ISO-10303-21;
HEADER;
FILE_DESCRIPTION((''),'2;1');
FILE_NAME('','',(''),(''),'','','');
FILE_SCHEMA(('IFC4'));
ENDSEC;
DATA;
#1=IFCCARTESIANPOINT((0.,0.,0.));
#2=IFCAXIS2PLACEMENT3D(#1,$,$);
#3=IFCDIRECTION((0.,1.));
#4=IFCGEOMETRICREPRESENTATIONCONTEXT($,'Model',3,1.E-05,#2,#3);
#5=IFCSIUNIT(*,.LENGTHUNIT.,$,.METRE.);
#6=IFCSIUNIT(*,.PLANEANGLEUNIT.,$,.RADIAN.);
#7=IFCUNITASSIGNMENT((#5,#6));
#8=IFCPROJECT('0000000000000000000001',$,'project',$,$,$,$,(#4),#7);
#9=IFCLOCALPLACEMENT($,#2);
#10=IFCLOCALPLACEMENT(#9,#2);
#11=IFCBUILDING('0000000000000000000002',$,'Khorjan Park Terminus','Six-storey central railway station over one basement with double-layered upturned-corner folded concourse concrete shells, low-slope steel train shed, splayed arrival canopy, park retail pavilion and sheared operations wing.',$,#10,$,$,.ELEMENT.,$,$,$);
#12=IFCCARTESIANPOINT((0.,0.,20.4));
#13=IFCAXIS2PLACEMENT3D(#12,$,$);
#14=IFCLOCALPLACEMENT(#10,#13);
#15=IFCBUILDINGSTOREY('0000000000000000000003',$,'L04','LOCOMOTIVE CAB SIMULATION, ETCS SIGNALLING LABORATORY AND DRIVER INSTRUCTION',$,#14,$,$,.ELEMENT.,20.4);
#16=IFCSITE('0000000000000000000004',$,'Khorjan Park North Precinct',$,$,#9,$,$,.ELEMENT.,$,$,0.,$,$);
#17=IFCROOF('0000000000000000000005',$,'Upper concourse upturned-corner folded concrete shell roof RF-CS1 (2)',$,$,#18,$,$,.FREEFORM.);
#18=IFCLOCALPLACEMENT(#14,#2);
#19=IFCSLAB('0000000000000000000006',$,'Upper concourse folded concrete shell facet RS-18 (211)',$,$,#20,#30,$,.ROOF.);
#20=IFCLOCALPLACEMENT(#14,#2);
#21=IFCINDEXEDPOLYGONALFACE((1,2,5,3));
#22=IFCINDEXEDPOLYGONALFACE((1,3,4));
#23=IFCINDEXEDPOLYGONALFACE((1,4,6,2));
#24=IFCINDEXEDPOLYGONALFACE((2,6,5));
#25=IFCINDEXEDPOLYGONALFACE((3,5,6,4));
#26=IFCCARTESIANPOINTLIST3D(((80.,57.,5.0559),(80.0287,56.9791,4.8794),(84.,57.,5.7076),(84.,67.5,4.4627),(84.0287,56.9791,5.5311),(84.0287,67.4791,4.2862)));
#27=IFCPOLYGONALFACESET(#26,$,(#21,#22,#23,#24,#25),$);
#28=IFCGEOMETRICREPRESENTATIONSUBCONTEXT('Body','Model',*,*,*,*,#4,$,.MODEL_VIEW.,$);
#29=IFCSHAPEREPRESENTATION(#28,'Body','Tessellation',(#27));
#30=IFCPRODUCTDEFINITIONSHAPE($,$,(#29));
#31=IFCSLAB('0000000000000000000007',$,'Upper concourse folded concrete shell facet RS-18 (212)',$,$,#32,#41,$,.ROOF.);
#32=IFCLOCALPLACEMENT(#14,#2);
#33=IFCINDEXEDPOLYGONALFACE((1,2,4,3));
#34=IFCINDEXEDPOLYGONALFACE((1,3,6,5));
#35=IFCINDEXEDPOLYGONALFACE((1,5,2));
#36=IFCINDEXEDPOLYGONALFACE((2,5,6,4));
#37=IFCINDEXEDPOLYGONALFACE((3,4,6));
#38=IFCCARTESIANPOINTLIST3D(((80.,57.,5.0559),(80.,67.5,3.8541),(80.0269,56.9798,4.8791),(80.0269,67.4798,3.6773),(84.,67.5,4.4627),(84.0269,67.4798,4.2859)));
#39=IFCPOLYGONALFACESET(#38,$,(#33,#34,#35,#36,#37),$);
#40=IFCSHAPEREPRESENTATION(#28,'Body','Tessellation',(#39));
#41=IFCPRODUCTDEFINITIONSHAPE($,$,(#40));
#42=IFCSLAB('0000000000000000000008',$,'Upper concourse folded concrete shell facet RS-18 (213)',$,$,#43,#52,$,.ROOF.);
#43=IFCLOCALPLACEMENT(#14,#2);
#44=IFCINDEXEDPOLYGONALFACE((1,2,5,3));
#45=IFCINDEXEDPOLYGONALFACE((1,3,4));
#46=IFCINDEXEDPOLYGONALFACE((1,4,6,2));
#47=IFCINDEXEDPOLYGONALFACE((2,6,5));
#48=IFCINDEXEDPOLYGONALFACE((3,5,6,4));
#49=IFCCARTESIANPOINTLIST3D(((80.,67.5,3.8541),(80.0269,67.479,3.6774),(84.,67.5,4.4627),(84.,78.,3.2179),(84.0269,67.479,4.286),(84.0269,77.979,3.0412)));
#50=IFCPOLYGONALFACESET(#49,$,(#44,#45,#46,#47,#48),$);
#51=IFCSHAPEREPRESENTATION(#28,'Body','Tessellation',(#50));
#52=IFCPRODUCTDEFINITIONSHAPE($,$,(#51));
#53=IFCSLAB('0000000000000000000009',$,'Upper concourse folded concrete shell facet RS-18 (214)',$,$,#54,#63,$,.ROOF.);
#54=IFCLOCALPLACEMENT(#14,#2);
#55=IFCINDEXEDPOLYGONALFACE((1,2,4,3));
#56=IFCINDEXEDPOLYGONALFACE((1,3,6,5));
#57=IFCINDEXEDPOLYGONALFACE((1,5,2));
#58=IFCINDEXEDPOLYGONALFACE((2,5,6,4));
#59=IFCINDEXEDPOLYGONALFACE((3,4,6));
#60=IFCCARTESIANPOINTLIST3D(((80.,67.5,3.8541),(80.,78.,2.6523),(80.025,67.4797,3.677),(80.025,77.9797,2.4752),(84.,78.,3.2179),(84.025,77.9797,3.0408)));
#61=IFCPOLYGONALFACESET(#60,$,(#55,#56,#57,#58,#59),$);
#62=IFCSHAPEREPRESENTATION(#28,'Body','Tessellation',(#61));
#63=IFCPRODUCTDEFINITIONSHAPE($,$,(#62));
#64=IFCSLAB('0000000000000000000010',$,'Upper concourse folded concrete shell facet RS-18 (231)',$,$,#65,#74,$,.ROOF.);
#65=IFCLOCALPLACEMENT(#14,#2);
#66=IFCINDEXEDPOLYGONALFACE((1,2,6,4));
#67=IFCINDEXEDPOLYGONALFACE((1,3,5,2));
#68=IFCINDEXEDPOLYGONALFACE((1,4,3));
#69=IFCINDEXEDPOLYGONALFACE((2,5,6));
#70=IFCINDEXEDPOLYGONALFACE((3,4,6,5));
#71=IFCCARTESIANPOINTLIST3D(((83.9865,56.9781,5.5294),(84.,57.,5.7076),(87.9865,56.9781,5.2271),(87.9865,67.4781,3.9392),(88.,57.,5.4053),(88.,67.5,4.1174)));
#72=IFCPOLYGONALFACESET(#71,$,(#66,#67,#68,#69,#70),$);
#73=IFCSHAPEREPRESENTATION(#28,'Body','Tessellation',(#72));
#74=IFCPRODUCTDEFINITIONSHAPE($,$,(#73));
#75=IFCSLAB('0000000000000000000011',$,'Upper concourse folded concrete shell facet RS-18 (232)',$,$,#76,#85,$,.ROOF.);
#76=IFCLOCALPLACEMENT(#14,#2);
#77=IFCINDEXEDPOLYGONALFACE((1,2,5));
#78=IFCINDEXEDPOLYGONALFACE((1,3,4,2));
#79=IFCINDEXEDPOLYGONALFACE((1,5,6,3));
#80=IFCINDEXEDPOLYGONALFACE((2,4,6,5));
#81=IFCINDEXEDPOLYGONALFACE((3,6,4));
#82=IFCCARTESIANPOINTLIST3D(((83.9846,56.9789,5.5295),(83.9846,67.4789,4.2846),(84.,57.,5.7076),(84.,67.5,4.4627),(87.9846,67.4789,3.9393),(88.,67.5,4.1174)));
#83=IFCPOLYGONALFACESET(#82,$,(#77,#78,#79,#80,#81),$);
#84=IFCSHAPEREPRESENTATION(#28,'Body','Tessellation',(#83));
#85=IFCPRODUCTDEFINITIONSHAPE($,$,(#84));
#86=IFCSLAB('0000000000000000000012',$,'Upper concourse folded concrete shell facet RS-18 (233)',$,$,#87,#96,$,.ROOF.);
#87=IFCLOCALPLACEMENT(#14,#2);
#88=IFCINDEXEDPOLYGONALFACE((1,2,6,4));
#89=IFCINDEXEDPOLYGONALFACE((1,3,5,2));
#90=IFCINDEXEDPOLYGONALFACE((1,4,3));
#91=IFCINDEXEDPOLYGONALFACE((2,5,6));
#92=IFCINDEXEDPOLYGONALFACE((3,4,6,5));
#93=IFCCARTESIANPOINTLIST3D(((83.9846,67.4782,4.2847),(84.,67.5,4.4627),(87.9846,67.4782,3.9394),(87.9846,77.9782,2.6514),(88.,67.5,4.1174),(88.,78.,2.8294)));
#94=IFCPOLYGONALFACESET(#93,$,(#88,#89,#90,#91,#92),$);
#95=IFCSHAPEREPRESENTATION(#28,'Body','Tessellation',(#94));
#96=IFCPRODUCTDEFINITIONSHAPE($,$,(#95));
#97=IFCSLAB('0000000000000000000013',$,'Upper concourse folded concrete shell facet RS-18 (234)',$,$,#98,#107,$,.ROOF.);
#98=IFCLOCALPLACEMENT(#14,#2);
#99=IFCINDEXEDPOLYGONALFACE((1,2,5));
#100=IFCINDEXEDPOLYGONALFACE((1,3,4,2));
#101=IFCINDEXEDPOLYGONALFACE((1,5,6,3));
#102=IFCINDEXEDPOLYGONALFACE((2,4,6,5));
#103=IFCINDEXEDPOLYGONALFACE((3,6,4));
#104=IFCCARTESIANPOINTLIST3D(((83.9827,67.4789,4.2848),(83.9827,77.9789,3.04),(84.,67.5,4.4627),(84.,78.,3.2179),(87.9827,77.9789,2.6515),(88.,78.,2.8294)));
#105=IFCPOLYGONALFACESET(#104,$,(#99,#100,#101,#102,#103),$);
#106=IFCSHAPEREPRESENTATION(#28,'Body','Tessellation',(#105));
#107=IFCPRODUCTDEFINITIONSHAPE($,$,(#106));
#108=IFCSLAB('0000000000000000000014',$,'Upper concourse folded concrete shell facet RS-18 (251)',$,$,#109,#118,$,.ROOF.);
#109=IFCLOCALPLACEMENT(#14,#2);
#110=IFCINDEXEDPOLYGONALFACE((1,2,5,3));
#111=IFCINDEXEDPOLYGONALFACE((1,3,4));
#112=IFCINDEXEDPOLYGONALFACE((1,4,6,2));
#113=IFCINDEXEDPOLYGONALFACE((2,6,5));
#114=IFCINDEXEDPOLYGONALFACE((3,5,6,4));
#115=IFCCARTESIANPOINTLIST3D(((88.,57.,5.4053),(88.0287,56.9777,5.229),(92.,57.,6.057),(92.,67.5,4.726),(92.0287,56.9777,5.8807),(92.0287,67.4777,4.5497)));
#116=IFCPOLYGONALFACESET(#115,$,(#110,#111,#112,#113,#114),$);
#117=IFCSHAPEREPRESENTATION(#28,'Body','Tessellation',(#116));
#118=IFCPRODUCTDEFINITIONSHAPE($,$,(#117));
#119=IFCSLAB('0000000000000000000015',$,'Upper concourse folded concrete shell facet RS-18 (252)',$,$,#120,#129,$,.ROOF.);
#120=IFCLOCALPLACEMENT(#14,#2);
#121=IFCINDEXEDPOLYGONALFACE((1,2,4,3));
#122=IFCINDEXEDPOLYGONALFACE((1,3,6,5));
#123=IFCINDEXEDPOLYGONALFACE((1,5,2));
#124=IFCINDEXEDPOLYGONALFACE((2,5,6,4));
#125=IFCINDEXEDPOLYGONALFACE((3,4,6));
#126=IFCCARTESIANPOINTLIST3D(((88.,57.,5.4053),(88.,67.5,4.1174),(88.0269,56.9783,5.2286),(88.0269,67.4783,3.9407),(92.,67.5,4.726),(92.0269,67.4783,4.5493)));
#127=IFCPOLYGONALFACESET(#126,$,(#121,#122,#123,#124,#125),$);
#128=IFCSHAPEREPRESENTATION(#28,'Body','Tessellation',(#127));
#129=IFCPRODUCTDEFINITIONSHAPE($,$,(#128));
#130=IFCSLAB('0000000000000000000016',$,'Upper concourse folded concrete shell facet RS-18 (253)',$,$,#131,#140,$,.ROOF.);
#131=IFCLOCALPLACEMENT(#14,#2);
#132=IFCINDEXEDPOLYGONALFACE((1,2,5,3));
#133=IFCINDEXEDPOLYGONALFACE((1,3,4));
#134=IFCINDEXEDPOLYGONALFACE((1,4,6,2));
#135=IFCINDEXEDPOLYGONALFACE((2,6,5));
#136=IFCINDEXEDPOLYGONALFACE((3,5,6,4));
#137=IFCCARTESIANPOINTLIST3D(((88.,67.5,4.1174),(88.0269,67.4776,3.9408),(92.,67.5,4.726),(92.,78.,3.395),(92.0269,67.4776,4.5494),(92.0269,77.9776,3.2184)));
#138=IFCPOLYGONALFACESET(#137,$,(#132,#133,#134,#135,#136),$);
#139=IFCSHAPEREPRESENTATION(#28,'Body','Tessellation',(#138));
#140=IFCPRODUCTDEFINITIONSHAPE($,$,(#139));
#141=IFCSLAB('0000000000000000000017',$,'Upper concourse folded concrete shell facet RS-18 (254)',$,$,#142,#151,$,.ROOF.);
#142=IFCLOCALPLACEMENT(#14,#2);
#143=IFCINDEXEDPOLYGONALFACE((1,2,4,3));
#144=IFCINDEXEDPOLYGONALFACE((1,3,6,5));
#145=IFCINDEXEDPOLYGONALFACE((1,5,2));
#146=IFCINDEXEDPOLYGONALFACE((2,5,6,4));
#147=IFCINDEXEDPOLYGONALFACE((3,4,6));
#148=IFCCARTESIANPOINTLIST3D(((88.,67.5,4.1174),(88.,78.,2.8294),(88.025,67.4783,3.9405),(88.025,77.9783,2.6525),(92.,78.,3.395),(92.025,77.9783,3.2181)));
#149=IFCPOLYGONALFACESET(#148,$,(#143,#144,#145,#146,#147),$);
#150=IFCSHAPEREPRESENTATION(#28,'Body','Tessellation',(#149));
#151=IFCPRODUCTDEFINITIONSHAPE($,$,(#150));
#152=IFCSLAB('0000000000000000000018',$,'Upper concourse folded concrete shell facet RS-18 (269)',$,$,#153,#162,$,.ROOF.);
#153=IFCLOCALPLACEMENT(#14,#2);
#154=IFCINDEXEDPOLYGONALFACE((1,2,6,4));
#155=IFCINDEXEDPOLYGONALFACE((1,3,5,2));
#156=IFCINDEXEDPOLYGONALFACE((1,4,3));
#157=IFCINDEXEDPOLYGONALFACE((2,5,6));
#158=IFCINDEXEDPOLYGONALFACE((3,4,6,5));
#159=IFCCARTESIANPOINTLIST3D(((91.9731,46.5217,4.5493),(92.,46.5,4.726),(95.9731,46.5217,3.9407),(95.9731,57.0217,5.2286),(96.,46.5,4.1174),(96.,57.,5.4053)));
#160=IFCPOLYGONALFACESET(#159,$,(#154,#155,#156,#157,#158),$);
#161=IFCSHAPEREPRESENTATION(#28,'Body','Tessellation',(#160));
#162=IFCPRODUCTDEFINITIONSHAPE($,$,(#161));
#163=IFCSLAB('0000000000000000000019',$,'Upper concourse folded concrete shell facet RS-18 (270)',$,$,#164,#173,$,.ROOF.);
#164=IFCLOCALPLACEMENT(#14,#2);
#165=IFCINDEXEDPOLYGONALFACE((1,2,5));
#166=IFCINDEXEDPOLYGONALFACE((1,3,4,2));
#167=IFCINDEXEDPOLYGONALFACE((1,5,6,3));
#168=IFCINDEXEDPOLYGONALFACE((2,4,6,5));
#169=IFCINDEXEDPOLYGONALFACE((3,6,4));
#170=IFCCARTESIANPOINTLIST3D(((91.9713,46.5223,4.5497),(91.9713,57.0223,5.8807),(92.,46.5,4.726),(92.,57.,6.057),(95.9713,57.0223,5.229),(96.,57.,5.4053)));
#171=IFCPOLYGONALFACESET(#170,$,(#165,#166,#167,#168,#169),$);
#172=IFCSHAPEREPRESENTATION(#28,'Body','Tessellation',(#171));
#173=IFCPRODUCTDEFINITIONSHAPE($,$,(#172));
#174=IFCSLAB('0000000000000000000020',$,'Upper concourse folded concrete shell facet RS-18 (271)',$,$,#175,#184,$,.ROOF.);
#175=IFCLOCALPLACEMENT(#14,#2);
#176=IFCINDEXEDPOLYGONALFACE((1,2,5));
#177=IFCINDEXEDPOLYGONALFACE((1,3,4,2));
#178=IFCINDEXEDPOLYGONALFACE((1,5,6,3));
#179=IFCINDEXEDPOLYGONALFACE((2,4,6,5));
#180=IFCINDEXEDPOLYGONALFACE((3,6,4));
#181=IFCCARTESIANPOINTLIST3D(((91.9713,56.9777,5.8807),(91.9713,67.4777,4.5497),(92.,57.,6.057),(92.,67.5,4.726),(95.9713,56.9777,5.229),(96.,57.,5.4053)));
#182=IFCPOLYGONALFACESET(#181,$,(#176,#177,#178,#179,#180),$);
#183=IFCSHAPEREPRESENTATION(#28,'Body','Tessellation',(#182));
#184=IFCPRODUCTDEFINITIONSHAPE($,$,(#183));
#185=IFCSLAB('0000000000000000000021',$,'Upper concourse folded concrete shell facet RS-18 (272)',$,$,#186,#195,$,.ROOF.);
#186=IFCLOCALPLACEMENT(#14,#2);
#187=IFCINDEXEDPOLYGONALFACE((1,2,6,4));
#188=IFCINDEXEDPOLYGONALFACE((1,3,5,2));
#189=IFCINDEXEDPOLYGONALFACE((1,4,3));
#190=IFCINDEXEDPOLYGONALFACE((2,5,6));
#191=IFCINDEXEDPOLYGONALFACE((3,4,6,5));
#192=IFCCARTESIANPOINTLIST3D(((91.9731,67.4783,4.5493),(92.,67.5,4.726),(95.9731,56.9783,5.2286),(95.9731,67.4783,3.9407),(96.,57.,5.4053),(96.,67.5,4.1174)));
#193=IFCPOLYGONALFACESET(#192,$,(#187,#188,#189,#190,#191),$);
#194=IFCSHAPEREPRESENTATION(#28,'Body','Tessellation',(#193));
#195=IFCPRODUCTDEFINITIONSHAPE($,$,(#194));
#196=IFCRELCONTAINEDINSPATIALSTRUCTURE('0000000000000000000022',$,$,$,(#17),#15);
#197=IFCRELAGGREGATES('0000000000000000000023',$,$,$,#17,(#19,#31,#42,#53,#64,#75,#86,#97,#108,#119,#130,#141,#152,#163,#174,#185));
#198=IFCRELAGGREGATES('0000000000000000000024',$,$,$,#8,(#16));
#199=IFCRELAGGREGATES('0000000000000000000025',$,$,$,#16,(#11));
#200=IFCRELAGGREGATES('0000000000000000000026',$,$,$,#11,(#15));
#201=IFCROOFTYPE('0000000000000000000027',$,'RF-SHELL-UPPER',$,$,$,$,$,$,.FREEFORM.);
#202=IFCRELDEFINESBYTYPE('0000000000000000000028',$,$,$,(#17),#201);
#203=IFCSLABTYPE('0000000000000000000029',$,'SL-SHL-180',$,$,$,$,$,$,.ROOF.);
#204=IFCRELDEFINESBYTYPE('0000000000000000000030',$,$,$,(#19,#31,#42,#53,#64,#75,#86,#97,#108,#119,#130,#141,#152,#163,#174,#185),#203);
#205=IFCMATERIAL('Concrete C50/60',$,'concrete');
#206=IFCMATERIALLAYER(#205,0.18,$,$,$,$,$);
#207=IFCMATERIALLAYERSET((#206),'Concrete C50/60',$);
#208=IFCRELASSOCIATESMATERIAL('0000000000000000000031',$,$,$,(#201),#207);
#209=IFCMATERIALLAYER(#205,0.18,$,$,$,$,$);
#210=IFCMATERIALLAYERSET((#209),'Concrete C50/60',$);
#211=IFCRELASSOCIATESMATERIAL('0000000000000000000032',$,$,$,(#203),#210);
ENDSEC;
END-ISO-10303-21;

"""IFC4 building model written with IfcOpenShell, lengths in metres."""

from ifc_helpers import new_model, si_unit, direction, frame, origin, place, context, subcontext, project, spatial, polyline, outline, extrude, material, layer, layer_set, type_object, element, aggregate, save


model = new_model("IFC4")

# Units and contexts
model_context = context("Model", 3, precision=1e-05, world=origin(), true_north=direction((0.0, 1.0)))
body_context = subcontext(model_context, "Body", "Model", "MODEL_VIEW")
ifc_project = project(units=[si_unit("LENGTHUNIT", "METRE"), si_unit("PLANEANGLEUNIT", "RADIAN")], contexts=[model_context])

# Site, building, storey
site_placement = place(None, origin())
site = spatial("IfcSite", under=ifc_project, at=site_placement, Name="Khorjan Park North Precinct", CompositionType="ELEMENT", RefElevation=0.0)
building_placement = place(site_placement, origin())
building = spatial("IfcBuilding", under=site, at=building_placement, Name="Khorjan Park Terminus", Description="Six-storey central railway station over one basement with double-layered upturned-corner folded concourse concrete shells, low-slope steel train shed, splayed arrival canopy, park retail pavilion and sheared operations wing.", CompositionType="ELEMENT")
storey_placement = place(building_placement, frame((0.0, 0.0, 20.4)))
storey = spatial("IfcBuildingStorey", under=building, at=storey_placement, Name="L04", Description="LOCOMOTIVE CAB SIMULATION, ETCS SIGNALLING LABORATORY AND DRIVER INSTRUCTION", CompositionType="ELEMENT", Elevation=20.4)

# Roof, slabs
ifc_material = material(Name="Concrete C50/60", Category="concrete")
ifc_layer_1 = layer(ifc_material, 0.18)
ifc_layer_set_1 = layer_set([ifc_layer_1], Name="Concrete C50/60")
roof_type = type_object("IfcRoofType", Name="RF-SHELL-UPPER", PredefinedType="FREEFORM", material=ifc_layer_set_1)
roof_1_placement = place(storey_placement, origin())
roof_1 = element("IfcRoof", 1, at=roof_1_placement, inside=storey, type_object=roof_type, Name="Upper concourse upturned-corner folded concrete shell roof RF-CS1 (2)", PredefinedType="FREEFORM")
ifc_layer_2 = layer(ifc_material, 0.18)
ifc_layer_set_2 = layer_set([ifc_layer_2], Name="Concrete C50/60")
slab_type = type_object("IfcSlabType", Name="SL-SHL-180", PredefinedType="ROOF", material=ifc_layer_set_2)
slab_1_placement = place(storey_placement, frame((80.0, 57.0, 5.0559), z_axis=(-0.159715, 0.116226, 0.980297), x_axis=(0.986986, 0.0, 0.160805)))
slab_1 = element("IfcSlab", 2, at=slab_1_placement, type_object=slab_type, Name="Upper concourse folded concrete shell facet RS-18 (211)", PredefinedType="ROOF", context=body_context, shape_type="SweptSolid", body=[
    extrude(outline(polyline([(0.0, 0.0), (4.0527, 0.0), (3.8526, 10.5716), (0.0, 0.0)])), origin(), (0.0, 0.0, -1.0), 0.18),
])
slab_2_placement = place(storey_placement, frame((80.0, 57.0, 5.0559), z_axis=(-0.149465, 0.112437, 0.982353), x_axis=(0.3555, 0.933188, -0.052721)))
slab_2 = element("IfcSlab", 3, at=slab_2_placement, type_object=slab_type, Name="Upper concourse folded concrete shell facet RS-18 (212)", PredefinedType="ROOF", context=body_context, shape_type="SweptSolid", body=[
    extrude(outline(polyline([(0.0, 0.0), (11.2518, 0.0), (9.8618, 3.7998), (0.0, 0.0)])), origin(), (0.0, 0.0, -1.0), 0.18),
])
slab_3_placement = place(storey_placement, frame((80.0, 67.5, 3.8541), z_axis=(-0.149396, 0.116407, 0.981901), x_axis=(0.988622, 0.0, 0.150419)))
slab_3 = element("IfcSlab", 4, at=slab_3_placement, type_object=slab_type, Name="Upper concourse folded concrete shell facet RS-18 (213)", PredefinedType="ROOF", context=body_context, shape_type="SweptSolid", body=[
    extrude(outline(polyline([(0.0, 0.0), (4.046, 0.0), (3.8588, 10.5719), (0.0, 0.0)])), origin(), (0.0, 0.0, -1.0), 0.18),
])
slab_4_placement = place(storey_placement, frame((80.0, 67.5, 3.8541), z_axis=(-0.139117, 0.112609, 0.983853), x_axis=(0.355426, 0.932993, -0.056531)))
slab_4 = element("IfcSlab", 5, at=slab_4_placement, type_object=slab_type, Name="Upper concourse folded concrete shell facet RS-18 (214)", PredefinedType="ROOF", context=body_context, shape_type="SweptSolid", body=[
    extrude(outline(polyline([(0.0, 0.0), (11.2541, 0.0), (9.8644, 3.7932), (0.0, 0.0)])), origin(), (0.0, 0.0, -1.0), 0.18),
])
slab_5_placement = place(storey_placement, frame((84.0, 57.0, 5.7076), z_axis=(0.074803, 0.121404, 0.989781), x_axis=(0.997156, 0.0, -0.07536)))
slab_5 = element("IfcSlab", 6, at=slab_5_placement, type_object=slab_type, Name="Upper concourse folded concrete shell facet RS-18 (231)", PredefinedType="ROOF", context=body_context, shape_type="SweptSolid", body=[
    extrude(outline(polyline([(0.0, 0.0), (4.0114, 0.0), (4.1085, 10.5782), (0.0, 0.0)])), origin(), (0.0, 0.0, -1.0), 0.18),
])
slab_6_placement = place(storey_placement, frame((84.0, 57.0, 5.7076), z_axis=(0.085411, 0.117307, 0.989416), x_axis=(0.352483, 0.925267, -0.14013)))
slab_6 = element("IfcSlab", 7, at=slab_6_placement, type_object=slab_type, Name="Upper concourse folded concrete shell facet RS-18 (232)", PredefinedType="ROOF", context=body_context, shape_type="SweptSolid", body=[
    extrude(outline(polyline([(0.0, 0.0), (11.3481, 0.0), (9.8898, 3.7407), (0.0, 0.0)])), origin(), (0.0, 0.0, -1.0), 0.18),
])
slab_7_placement = place(storey_placement, frame((84.0, 67.5, 4.4627), z_axis=(0.08537, 0.12131, 0.988937), x_axis=(0.996295, 0.0, -0.086005)))
slab_7 = element("IfcSlab", 8, at=slab_7_placement, type_object=slab_type, Name="Upper concourse folded concrete shell facet RS-18 (233)", PredefinedType="ROOF", context=body_context, shape_type="SweptSolid", body=[
    extrude(outline(polyline([(0.0, 0.0), (4.0149, 0.0), (4.1257, 10.5781), (0.0, 0.0)])), origin(), (0.0, 0.0, -1.0), 0.18),
])
slab_8_placement = place(storey_placement, frame((84.0, 67.5, 4.4627), z_axis=(0.096004, 0.117184, 0.988459), x_axis=(0.352293, 0.924769, -0.14385)))
slab_8 = element("IfcSlab", 9, at=slab_8_placement, type_object=slab_type, Name="Upper concourse folded concrete shell facet RS-18 (234)", PredefinedType="ROOF", context=body_context, shape_type="SweptSolid", body=[
    extrude(outline(polyline([(0.0, 0.0), (11.3542, 0.0), (9.8891, 3.7423), (0.0, 0.0)])), origin(), (0.0, 0.0, -1.0), 0.18),
])
slab_9_placement = place(storey_placement, frame((88.0, 57.0, 5.4053), z_axis=(-0.159561, 0.124144, 0.979351), x_axis=(0.986986, 0.0, 0.160805)))
slab_9 = element("IfcSlab", 10, at=slab_9_placement, type_object=slab_type, Name="Upper concourse folded concrete shell facet RS-18 (251)", PredefinedType="ROOF", context=body_context, shape_type="SweptSolid", body=[
    extrude(outline(polyline([(0.0, 0.0), (4.0527, 0.0), (3.8387, 10.5819), (0.0, 0.0)])), origin(), (0.0, 0.0, -1.0), 0.18),
])
slab_10_placement = place(storey_placement, frame((88.0, 57.0, 5.4053), z_axis=(-0.149325, 0.12038, 0.981433), x_axis=(0.355347, 0.932785, -0.060347)))
slab_10 = element("IfcSlab", 11, at=slab_10_placement, type_object=slab_type, Name="Upper concourse folded concrete shell facet RS-18 (252)", PredefinedType="ROOF", context=body_context, shape_type="SweptSolid", body=[
    extrude(outline(polyline([(0.0, 0.0), (11.2566, 0.0), (9.872, 3.8017), (0.0, 0.0)])), origin(), (0.0, 0.0, -1.0), 0.18),
])
slab_11_placement = place(storey_placement, frame((88.0, 67.5, 4.1174), z_axis=(-0.149251, 0.124347, 0.980949), x_axis=(0.988622, 0.0, 0.150419)))
slab_11 = element("IfcSlab", 12, at=slab_11_placement, type_object=slab_type, Name="Upper concourse folded concrete shell facet RS-18 (253)", PredefinedType="ROOF", context=body_context, shape_type="SweptSolid", body=[
    extrude(outline(polyline([(0.0, 0.0), (4.046, 0.0), (3.8458, 10.5821), (0.0, 0.0)])), origin(), (0.0, 0.0, -1.0), 0.18),
])
slab_12_placement = place(storey_placement, frame((88.0, 67.5, 4.1174), z_axis=(-0.138986, 0.120572, 0.982927), x_axis=(0.355262, 0.932562, -0.06416)))
slab_12 = element("IfcSlab", 13, at=slab_12_placement, type_object=slab_type, Name="Upper concourse folded concrete shell facet RS-18 (254)", PredefinedType="ROOF", context=body_context, shape_type="SweptSolid", body=[
    extrude(outline(polyline([(0.0, 0.0), (11.2593, 0.0), (9.8745, 3.795), (0.0, 0.0)])), origin(), (0.0, 0.0, -1.0), 0.18),
])
slab_13_placement = place(storey_placement, frame((92.0, 46.5, 4.726), z_axis=(0.149325, -0.12038, 0.981433), x_axis=(0.988622, 0.0, -0.150419)))
slab_13 = element("IfcSlab", 14, at=slab_13_placement, type_object=slab_type, Name="Upper concourse folded concrete shell facet RS-18 (269)", PredefinedType="ROOF", context=body_context, shape_type="SweptSolid", body=[
    extrude(outline(polyline([(0.0, 0.0), (4.046, 0.0), (3.8523, 10.5769), (0.0, 0.0)])), origin(), (0.0, 0.0, -1.0), 0.18),
])
slab_14_placement = place(storey_placement, frame((92.0, 46.5, 4.726), z_axis=(0.159561, -0.124144, 0.979351), x_axis=(0.355347, 0.932785, 0.060347)))
slab_14 = element("IfcSlab", 15, at=slab_14_placement, type_object=slab_type, Name="Upper concourse folded concrete shell facet RS-18 (270)", PredefinedType="ROOF", context=body_context, shape_type="SweptSolid", body=[
    extrude(outline(polyline([(0.0, 0.0), (11.2566, 0.0), (9.8746, 3.8098), (0.0, 0.0)])), origin(), (0.0, 0.0, -1.0), 0.18),
])
slab_15_placement = place(storey_placement, frame((92.0, 57.0, 6.057), z_axis=(0.159561, 0.124144, 0.979351), x_axis=(0.986986, 0.0, -0.160805)))
slab_15 = element("IfcSlab", 16, at=slab_15_placement, type_object=slab_type, Name="Upper concourse folded concrete shell facet RS-18 (271)", PredefinedType="ROOF", context=body_context, shape_type="SweptSolid", body=[
    extrude(outline(polyline([(0.0, 0.0), (4.0527, 0.0), (0.214, 10.5819), (0.0, 0.0)])), origin(), (0.0, 0.0, -1.0), 0.18),
])
slab_16_placement = place(storey_placement, frame((96.0, 57.0, 5.4053), z_axis=(0.149325, 0.12038, 0.981433), x_axis=(0.0, 0.992561, -0.121745)))
slab_16 = element("IfcSlab", 17, at=slab_16_placement, type_object=slab_type, Name="Upper concourse folded concrete shell facet RS-18 (272)", PredefinedType="ROOF", context=body_context, shape_type="SweptSolid", body=[
    extrude(outline(polyline([(0.0, 0.0), (10.5787, 0.0), (10.5046, 4.0454), (0.0, 0.0)])), origin(), (0.0, 0.0, -1.0), 0.18),
])
aggregate(roof_1, [slab_1, slab_2, slab_3, slab_4, slab_5, slab_6, slab_7, slab_8, slab_9, slab_10, slab_11, slab_12, slab_13, slab_14, slab_15, slab_16])

save(model, "model.ifc")
